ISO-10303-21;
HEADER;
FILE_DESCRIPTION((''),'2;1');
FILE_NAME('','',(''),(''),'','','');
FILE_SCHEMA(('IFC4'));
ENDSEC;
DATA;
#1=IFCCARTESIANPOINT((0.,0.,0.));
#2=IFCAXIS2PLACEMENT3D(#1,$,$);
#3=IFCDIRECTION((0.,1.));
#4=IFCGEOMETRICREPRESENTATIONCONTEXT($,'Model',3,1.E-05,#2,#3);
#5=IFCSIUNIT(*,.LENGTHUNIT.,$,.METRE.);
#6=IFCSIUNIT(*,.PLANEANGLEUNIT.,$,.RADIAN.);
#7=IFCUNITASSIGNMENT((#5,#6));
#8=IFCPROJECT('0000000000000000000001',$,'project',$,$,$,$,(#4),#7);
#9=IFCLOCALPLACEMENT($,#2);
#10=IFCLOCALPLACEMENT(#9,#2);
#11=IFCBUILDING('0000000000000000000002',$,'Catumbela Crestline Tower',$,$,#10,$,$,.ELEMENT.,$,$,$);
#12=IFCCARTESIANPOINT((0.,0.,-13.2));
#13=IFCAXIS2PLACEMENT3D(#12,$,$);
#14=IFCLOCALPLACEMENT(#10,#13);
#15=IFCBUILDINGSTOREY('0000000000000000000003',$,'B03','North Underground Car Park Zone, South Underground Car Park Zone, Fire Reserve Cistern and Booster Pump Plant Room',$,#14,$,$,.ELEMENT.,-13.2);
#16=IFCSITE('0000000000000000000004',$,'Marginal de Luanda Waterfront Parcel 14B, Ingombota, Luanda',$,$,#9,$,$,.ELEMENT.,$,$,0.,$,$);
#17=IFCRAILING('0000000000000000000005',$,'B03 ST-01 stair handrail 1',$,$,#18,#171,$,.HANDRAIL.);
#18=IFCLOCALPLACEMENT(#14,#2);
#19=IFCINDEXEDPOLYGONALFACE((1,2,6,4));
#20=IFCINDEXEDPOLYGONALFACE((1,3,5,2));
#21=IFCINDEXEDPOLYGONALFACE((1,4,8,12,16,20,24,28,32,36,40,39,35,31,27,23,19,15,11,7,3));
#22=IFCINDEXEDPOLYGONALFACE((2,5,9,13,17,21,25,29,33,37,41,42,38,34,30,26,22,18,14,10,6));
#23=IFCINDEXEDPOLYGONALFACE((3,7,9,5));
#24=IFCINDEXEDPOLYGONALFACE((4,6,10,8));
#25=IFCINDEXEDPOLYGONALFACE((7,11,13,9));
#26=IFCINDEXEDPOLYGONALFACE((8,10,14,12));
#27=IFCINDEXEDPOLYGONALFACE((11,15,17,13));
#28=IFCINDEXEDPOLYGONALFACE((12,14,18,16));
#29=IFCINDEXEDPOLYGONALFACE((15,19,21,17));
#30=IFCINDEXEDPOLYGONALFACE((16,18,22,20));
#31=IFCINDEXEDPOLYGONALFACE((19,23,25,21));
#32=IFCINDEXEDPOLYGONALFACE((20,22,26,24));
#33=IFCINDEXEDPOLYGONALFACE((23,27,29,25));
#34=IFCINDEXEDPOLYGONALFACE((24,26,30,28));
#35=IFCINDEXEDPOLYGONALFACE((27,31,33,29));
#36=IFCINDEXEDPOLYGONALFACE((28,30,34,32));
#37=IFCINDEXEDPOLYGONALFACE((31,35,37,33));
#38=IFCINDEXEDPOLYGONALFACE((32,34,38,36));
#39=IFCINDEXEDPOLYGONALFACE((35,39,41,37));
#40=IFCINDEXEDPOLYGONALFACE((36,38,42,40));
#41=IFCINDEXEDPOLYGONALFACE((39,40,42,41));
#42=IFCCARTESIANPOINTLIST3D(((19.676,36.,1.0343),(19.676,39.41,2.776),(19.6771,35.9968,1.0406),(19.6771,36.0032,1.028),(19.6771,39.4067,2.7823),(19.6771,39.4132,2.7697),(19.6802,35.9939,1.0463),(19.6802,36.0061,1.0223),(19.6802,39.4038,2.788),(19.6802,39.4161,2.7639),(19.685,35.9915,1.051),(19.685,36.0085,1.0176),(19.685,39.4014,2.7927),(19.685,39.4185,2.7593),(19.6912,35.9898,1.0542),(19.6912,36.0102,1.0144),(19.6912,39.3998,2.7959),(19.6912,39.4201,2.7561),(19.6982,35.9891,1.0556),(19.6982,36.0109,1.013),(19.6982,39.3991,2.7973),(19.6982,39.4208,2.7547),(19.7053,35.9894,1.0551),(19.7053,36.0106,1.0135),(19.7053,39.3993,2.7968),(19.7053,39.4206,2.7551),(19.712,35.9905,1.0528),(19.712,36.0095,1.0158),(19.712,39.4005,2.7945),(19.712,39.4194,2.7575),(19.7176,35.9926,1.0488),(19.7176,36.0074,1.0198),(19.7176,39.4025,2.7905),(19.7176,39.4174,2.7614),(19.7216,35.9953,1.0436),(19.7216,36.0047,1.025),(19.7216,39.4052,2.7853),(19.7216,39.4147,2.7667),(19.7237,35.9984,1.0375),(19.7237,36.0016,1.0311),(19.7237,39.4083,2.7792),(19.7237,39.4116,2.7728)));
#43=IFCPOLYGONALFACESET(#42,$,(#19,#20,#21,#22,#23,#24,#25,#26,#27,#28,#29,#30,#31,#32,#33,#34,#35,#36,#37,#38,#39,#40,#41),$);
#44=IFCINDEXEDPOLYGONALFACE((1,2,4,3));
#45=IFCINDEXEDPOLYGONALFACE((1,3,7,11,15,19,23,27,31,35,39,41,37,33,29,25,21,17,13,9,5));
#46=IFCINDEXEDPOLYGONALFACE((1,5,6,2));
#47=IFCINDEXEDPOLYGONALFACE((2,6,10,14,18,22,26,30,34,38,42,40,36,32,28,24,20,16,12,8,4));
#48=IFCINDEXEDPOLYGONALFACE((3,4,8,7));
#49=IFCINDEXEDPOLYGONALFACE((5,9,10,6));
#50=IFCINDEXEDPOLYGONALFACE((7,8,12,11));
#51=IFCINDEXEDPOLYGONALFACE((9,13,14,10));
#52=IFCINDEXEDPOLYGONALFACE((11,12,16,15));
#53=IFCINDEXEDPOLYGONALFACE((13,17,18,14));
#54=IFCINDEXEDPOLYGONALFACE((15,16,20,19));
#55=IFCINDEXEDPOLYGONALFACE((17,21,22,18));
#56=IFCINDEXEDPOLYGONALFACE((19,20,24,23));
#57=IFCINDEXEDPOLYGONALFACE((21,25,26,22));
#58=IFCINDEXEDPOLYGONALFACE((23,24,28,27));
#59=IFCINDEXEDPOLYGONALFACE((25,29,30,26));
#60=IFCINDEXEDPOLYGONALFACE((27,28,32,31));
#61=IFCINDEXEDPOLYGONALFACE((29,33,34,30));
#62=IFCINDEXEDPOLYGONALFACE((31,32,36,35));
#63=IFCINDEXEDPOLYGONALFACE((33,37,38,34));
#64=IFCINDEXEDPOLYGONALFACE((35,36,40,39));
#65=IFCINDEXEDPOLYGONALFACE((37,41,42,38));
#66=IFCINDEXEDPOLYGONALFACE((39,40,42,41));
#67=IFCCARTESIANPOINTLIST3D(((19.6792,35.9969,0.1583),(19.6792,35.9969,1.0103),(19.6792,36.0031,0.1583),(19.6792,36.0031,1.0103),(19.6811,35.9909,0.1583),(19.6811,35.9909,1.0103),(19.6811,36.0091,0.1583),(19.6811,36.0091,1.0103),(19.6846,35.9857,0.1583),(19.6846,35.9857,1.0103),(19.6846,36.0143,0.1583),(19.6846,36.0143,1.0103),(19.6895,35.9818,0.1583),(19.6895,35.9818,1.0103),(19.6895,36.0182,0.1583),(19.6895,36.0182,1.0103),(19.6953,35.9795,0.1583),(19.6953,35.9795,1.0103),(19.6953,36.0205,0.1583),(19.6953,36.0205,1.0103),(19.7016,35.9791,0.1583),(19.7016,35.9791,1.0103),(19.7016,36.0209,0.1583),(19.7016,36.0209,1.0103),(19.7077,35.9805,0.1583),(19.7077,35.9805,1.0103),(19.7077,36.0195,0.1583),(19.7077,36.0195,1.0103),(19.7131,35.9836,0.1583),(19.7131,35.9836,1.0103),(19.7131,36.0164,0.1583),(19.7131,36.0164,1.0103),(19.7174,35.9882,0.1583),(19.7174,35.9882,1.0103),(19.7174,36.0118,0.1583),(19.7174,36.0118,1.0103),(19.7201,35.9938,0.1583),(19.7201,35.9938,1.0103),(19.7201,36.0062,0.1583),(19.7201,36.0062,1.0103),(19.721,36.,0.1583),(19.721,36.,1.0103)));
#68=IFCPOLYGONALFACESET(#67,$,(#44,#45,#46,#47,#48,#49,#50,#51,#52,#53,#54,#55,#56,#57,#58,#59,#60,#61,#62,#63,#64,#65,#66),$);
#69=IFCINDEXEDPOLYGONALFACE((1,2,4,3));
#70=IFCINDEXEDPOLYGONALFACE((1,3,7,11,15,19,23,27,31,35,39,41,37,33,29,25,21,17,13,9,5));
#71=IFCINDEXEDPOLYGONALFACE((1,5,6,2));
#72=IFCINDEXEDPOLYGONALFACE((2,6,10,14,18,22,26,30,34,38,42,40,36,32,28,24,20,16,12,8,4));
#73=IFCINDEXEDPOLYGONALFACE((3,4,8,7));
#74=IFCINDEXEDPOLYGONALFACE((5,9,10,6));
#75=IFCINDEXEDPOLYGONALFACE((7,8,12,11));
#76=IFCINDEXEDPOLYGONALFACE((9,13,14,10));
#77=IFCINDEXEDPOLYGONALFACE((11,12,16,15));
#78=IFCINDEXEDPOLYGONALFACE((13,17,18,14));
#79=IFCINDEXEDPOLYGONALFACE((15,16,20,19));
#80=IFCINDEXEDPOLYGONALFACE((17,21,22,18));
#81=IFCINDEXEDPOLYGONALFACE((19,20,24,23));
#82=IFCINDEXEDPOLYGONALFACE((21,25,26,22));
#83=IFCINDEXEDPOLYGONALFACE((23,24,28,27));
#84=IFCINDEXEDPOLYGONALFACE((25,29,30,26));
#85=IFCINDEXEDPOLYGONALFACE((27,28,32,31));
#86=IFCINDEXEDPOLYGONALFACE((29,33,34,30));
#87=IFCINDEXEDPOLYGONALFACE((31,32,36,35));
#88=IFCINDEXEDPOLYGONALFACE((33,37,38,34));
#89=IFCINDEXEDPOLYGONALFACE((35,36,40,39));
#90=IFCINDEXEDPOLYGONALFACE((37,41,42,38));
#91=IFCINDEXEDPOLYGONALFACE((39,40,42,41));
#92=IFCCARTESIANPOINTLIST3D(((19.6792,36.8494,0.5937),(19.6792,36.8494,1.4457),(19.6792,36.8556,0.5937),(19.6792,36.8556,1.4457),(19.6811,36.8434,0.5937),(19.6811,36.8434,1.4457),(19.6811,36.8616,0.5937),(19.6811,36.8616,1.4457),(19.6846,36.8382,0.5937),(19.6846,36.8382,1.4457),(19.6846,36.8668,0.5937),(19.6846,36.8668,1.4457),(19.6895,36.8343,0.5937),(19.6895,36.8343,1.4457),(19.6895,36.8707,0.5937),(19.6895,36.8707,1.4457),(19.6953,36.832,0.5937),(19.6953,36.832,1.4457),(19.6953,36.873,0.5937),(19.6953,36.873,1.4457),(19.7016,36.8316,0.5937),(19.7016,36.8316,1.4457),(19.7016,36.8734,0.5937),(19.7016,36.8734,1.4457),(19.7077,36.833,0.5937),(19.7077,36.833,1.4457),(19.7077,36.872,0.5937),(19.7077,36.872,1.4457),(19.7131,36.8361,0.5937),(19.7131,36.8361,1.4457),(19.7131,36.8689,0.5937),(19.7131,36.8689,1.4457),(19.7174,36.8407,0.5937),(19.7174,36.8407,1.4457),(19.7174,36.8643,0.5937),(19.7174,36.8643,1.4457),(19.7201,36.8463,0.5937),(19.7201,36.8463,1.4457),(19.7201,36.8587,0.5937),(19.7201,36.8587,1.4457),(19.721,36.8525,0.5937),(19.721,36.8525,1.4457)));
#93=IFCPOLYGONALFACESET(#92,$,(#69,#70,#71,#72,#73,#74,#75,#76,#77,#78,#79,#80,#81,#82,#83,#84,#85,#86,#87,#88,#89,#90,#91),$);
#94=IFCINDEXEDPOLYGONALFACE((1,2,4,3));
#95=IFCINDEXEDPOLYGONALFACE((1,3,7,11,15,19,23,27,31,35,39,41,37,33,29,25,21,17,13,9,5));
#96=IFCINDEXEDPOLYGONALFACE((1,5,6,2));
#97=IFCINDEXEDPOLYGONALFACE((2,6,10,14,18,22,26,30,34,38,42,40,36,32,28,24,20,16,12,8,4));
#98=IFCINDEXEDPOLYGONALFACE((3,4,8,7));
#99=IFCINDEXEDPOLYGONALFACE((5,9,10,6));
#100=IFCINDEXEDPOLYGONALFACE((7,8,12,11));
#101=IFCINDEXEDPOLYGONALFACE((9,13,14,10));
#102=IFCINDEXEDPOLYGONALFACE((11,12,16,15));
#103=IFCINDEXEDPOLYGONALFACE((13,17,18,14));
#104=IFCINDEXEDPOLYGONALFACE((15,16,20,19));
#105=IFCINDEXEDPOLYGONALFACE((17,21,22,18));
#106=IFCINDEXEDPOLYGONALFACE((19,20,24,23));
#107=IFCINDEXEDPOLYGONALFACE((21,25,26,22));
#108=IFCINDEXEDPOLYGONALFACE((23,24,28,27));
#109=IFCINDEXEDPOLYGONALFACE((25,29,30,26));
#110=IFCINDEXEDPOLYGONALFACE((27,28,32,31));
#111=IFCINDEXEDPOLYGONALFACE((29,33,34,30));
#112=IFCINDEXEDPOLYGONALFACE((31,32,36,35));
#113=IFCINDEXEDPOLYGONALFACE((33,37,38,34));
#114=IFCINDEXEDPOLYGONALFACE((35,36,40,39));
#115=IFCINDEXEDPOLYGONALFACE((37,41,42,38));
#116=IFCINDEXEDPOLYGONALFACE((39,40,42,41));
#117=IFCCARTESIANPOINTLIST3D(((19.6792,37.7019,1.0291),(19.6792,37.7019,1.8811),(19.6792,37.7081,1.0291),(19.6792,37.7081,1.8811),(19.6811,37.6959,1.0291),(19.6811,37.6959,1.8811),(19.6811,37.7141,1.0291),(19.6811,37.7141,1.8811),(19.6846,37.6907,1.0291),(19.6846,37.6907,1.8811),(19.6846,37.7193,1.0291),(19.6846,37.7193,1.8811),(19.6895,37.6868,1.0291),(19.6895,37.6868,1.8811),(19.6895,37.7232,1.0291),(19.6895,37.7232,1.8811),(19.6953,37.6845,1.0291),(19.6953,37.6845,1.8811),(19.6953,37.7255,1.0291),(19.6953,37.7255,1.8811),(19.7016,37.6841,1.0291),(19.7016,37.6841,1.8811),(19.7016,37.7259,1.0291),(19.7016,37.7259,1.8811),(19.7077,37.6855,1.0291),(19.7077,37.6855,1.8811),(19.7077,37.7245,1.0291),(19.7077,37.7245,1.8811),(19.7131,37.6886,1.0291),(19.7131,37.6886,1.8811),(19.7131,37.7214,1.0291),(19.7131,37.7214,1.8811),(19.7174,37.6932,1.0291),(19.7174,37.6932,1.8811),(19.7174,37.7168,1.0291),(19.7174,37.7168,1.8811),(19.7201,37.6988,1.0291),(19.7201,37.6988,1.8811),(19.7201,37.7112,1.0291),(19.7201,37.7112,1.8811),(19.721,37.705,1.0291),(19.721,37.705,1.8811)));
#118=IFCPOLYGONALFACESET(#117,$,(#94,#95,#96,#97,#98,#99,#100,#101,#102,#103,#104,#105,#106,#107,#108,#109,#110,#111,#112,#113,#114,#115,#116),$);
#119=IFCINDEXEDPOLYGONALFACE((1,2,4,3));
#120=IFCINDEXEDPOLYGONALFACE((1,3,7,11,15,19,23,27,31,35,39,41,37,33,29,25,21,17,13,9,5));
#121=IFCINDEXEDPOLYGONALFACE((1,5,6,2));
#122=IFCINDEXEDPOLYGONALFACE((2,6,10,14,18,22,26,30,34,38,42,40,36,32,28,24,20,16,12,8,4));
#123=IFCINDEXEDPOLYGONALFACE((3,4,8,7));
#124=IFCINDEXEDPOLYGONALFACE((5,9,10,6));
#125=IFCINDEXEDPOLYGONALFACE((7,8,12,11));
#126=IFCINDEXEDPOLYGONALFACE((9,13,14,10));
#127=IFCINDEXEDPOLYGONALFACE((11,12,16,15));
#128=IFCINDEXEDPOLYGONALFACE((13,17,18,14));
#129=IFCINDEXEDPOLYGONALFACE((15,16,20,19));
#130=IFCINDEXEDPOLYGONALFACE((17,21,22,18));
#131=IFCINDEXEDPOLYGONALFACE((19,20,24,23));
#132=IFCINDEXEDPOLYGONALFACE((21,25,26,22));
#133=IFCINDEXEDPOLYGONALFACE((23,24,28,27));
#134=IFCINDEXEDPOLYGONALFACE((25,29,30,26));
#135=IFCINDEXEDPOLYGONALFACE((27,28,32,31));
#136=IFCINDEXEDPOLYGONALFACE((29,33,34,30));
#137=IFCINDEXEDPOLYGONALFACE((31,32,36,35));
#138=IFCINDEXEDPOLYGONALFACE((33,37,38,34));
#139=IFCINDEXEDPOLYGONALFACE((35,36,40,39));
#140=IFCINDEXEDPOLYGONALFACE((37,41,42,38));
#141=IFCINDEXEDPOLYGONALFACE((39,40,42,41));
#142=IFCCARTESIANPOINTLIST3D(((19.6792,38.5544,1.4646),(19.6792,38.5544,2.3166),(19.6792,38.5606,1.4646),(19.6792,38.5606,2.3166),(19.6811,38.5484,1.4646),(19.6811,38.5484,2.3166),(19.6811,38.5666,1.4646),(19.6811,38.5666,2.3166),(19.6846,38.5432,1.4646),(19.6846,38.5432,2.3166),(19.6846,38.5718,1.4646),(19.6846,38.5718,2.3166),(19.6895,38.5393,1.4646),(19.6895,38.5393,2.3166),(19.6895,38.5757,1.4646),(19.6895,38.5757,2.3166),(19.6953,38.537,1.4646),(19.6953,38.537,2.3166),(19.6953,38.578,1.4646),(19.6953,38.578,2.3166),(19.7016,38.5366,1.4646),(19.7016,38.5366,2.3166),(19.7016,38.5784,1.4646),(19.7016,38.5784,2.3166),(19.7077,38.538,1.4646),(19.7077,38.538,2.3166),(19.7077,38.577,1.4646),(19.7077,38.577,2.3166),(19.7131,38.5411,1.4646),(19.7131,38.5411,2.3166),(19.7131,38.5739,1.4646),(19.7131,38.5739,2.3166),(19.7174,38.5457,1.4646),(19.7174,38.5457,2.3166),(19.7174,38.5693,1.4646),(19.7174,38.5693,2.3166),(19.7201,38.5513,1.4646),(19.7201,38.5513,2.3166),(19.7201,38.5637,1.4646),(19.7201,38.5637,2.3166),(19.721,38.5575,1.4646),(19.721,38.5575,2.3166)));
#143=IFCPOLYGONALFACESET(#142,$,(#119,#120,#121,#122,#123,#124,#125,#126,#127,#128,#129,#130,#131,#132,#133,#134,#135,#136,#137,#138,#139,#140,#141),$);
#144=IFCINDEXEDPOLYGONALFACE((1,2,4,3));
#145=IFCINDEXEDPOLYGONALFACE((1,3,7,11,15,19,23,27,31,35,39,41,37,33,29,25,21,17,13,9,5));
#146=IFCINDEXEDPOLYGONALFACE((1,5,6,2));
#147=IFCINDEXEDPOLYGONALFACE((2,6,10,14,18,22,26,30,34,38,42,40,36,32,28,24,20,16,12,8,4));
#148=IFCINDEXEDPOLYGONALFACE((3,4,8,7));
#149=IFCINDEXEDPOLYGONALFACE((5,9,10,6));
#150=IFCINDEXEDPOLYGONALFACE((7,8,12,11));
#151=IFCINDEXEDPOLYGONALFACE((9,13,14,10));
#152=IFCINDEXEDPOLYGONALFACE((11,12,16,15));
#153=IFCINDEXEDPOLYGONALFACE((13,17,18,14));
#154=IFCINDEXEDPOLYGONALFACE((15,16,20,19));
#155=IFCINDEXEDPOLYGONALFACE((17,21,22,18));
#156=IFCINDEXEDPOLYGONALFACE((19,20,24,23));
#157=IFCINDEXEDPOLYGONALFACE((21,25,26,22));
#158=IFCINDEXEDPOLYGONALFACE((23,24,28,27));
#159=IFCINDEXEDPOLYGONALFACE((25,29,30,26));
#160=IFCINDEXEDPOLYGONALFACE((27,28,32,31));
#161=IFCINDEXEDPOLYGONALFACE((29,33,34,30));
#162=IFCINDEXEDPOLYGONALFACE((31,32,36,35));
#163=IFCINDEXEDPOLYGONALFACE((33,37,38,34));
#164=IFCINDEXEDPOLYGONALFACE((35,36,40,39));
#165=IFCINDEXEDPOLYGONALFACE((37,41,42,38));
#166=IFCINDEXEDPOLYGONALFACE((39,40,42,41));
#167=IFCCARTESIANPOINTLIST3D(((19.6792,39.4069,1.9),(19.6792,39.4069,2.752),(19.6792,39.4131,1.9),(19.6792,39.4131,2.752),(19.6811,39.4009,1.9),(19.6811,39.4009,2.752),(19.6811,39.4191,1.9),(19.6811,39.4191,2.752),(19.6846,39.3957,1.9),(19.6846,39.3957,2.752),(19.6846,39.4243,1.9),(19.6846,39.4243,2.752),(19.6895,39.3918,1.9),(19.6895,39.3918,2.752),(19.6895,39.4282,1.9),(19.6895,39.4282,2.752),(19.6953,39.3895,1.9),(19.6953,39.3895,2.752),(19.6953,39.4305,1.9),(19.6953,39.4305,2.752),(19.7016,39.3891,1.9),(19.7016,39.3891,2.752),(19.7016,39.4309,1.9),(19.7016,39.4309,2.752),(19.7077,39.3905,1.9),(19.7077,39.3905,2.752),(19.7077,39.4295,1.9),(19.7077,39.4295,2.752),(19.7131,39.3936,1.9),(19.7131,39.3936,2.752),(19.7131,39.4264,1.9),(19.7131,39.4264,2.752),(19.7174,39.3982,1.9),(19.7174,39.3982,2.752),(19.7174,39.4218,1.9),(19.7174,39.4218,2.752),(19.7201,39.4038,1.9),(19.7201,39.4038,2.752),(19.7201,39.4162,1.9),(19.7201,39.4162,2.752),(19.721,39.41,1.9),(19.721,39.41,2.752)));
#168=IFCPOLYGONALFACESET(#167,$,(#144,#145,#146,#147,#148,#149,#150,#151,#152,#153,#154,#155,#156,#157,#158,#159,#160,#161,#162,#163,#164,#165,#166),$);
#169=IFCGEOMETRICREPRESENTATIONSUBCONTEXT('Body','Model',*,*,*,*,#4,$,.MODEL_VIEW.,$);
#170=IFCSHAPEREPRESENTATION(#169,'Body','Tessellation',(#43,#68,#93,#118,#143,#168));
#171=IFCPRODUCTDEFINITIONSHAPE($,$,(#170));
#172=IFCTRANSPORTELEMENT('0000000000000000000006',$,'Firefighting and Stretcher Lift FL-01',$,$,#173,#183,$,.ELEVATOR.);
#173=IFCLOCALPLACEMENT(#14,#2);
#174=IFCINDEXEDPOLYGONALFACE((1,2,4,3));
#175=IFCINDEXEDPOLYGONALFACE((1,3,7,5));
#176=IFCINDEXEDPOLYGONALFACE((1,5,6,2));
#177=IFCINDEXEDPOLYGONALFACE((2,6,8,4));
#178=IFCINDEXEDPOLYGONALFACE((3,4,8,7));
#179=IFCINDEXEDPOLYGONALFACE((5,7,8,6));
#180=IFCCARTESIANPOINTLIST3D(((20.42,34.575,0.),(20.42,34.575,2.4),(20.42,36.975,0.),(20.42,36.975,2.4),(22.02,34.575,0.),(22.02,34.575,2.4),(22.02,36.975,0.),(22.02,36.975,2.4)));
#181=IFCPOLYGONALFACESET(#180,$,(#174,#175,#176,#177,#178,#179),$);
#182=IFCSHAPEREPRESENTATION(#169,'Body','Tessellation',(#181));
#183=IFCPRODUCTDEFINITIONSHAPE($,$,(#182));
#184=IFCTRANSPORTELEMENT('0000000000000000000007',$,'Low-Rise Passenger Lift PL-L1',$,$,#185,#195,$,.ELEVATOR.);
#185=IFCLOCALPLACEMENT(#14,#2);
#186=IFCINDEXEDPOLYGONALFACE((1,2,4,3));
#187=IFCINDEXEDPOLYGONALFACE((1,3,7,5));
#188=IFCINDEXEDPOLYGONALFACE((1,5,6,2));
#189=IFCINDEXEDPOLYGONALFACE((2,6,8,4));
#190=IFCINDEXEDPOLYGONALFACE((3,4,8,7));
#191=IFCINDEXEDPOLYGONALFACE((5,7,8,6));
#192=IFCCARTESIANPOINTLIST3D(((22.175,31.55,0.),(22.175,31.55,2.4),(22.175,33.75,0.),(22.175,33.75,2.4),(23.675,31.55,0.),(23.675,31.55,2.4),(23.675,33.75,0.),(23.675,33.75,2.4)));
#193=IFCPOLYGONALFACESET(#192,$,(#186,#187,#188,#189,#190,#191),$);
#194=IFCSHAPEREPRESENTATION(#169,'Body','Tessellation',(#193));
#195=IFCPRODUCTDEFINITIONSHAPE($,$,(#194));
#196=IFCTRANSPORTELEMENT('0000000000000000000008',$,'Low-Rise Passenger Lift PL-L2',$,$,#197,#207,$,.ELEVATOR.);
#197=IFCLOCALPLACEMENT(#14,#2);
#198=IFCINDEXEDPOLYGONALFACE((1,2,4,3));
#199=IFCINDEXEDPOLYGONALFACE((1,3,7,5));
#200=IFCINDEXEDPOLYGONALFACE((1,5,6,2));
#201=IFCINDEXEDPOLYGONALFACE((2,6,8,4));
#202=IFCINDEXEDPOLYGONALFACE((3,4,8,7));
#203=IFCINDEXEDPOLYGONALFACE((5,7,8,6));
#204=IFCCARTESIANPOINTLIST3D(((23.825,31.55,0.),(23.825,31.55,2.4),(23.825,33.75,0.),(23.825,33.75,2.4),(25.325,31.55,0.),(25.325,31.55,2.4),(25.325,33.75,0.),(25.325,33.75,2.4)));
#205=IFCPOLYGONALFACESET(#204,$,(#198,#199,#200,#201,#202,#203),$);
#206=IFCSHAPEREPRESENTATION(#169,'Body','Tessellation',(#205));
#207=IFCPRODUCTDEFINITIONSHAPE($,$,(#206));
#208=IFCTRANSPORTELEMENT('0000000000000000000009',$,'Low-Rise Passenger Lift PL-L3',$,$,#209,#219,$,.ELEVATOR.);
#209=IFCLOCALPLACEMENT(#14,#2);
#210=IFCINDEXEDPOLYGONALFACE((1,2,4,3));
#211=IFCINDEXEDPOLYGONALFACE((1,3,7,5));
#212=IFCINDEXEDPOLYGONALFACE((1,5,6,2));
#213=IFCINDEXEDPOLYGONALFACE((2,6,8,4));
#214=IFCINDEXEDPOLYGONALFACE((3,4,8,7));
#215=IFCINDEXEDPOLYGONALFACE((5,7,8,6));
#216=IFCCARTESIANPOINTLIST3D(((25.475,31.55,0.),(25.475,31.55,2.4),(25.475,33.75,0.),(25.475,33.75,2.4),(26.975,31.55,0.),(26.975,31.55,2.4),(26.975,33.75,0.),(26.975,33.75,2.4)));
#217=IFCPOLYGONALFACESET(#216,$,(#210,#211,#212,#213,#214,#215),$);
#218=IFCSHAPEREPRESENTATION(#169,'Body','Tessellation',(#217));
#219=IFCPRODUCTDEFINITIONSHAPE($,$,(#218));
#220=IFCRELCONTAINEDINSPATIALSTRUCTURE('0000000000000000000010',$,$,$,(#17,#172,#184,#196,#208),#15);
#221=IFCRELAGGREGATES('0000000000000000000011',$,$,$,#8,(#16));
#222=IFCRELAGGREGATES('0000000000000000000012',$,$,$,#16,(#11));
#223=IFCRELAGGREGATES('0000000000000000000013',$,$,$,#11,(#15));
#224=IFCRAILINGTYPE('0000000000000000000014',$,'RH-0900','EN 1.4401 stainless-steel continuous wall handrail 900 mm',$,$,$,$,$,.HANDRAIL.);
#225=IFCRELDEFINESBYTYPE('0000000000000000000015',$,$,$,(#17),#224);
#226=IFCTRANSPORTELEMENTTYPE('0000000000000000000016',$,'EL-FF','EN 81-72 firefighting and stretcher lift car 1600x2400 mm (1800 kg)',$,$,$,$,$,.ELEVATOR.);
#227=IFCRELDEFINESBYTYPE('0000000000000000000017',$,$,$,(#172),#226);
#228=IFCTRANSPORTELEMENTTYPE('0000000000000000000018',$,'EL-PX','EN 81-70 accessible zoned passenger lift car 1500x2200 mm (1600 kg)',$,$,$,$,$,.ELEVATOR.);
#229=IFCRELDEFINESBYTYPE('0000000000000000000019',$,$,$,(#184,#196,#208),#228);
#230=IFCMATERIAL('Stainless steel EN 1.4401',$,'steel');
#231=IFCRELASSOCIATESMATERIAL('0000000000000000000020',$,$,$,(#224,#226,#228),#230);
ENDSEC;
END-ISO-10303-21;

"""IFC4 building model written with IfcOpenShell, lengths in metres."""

from ifc_helpers import new_model, si_unit, direction, frame, origin, origin_2d, place, context, subcontext, project, spatial, rectangle, circle, extrude, material, type_object, element, save


model = new_model("IFC4")

# Units and contexts
model_context = context("Model", 3, precision=1e-05, world=origin(), true_north=direction((0.0, 1.0)))
body_context = subcontext(model_context, "Body", "Model", "MODEL_VIEW")
ifc_project = project(units=[si_unit("LENGTHUNIT", "METRE"), si_unit("PLANEANGLEUNIT", "RADIAN")], contexts=[model_context])

# Site, building, storey
site_placement = place(None, origin())
site = spatial("IfcSite", under=ifc_project, at=site_placement, Name="Marginal de Luanda Waterfront Parcel 14B, Ingombota, Luanda", CompositionType="ELEMENT", RefElevation=0.0)
building_placement = place(site_placement, origin())
building = spatial("IfcBuilding", under=site, at=building_placement, Name="Catumbela Crestline Tower", CompositionType="ELEMENT")
storey_placement = place(building_placement, frame((0.0, 0.0, -13.2)))
storey = spatial("IfcBuildingStorey", under=building, at=storey_placement, Name="B03", Description="North Underground Car Park Zone, South Underground Car Park Zone, Fire Reserve Cistern and Booster Pump Plant Room", CompositionType="ELEMENT", Elevation=-13.2)

# Shared definitions
ifc_material_1 = material(Name="Stainless steel EN 1.4401", Category="steel")

# Railing
railing_type_1 = type_object("IfcRailingType", Name="RH-0900", Description="EN 1.4401 stainless-steel continuous wall handrail 900 mm", PredefinedType="HANDRAIL", material=ifc_material_1)
railing_1_placement = place(storey_placement, frame((19.7, 36.0, 0.1583)))
element("IfcRailing", 1, at=railing_1_placement, inside=storey, type_object=railing_type_1, Name="B03 ST-01 stair handrail 1", PredefinedType="HANDRAIL", context=body_context, shape_type="SweptSolid", body=[
    extrude(circle(Radius=0.024, at=origin_2d()), frame((0.0, 0.0, 0.876), z_axis=(0.0, 0.89056, 0.454865), x_axis=(-1.0, 0.0, 0.0)), (0.0, 0.0, 1.0), 3.829),
    extrude(circle(Radius=0.021, at=origin_2d()), origin(), (0.0, 0.0, 1.0), 0.852),
    extrude(circle(Radius=0.021, at=origin_2d()), frame((0.0, 0.8525, 0.4354)), (0.0, 0.0, 1.0), 0.852),
    extrude(circle(Radius=0.021, at=origin_2d()), frame((0.0, 1.705, 0.8708)), (0.0, 0.0, 1.0), 0.852),
    extrude(circle(Radius=0.021, at=origin_2d()), frame((0.0, 2.5575, 1.3063)), (0.0, 0.0, 1.0), 0.852),
    extrude(circle(Radius=0.021, at=origin_2d()), frame((0.0, 3.41, 1.7417)), (0.0, 0.0, 1.0), 0.852),
])

# Transport elements
transport_element_type_1 = type_object("IfcTransportElementType", Name="EL-FF", Description="EN 81-72 firefighting and stretcher lift car 1600x2400 mm (1800 kg)", PredefinedType="ELEVATOR", material=ifc_material_1)
transport_element_placement = place(storey_placement, frame((21.22, 35.775, 0.0), z_axis=(0.0, 0.0, 1.0), x_axis=(1.0, 0.0, 0.0)))
element("IfcTransportElement", 2, at=transport_element_placement, inside=storey, type_object=transport_element_type_1, Name="Firefighting and Stretcher Lift FL-01", PredefinedType="ELEVATOR", context=body_context, shape_type="SweptSolid", body=[
    extrude(rectangle(XDim=1.6, YDim=2.4, at=origin_2d()), origin(), (0.0, 0.0, 1.0), 2.4),
])
transport_element_type_2 = type_object("IfcTransportElementType", Name="EL-PX", Description="EN 81-70 accessible zoned passenger lift car 1500x2200 mm (1600 kg)", PredefinedType="ELEVATOR", material=ifc_material_1)
for number, where, z_axis, x_axis, name in (
    (3, (22.925, 32.65, 0.0), (0.0, 0.0, 1.0), (1.0, 0.0, 0.0), "Low-Rise Passenger Lift PL-L1"),
    (4, (24.575, 32.65, 0.0), (0.0, 0.0, 1.0), (1.0, 0.0, 0.0), "Low-Rise Passenger Lift PL-L2"),
    (5, (26.225, 32.65, 0.0), (0.0, 0.0, 1.0), (1.0, 0.0, 0.0), "Low-Rise Passenger Lift PL-L3"),
):
    element("IfcTransportElement", number, at=place(storey_placement, frame(where, z_axis=z_axis, x_axis=x_axis)), inside=storey, type_object=transport_element_type_2, Name=name, PredefinedType="ELEVATOR", context=body_context, shape_type="SweptSolid", body=[
        extrude(rectangle(XDim=1.5, YDim=2.2, at=origin_2d()), origin(), (0.0, 0.0, 1.0), 2.4),
    ])

save(model, "model.ifc")
